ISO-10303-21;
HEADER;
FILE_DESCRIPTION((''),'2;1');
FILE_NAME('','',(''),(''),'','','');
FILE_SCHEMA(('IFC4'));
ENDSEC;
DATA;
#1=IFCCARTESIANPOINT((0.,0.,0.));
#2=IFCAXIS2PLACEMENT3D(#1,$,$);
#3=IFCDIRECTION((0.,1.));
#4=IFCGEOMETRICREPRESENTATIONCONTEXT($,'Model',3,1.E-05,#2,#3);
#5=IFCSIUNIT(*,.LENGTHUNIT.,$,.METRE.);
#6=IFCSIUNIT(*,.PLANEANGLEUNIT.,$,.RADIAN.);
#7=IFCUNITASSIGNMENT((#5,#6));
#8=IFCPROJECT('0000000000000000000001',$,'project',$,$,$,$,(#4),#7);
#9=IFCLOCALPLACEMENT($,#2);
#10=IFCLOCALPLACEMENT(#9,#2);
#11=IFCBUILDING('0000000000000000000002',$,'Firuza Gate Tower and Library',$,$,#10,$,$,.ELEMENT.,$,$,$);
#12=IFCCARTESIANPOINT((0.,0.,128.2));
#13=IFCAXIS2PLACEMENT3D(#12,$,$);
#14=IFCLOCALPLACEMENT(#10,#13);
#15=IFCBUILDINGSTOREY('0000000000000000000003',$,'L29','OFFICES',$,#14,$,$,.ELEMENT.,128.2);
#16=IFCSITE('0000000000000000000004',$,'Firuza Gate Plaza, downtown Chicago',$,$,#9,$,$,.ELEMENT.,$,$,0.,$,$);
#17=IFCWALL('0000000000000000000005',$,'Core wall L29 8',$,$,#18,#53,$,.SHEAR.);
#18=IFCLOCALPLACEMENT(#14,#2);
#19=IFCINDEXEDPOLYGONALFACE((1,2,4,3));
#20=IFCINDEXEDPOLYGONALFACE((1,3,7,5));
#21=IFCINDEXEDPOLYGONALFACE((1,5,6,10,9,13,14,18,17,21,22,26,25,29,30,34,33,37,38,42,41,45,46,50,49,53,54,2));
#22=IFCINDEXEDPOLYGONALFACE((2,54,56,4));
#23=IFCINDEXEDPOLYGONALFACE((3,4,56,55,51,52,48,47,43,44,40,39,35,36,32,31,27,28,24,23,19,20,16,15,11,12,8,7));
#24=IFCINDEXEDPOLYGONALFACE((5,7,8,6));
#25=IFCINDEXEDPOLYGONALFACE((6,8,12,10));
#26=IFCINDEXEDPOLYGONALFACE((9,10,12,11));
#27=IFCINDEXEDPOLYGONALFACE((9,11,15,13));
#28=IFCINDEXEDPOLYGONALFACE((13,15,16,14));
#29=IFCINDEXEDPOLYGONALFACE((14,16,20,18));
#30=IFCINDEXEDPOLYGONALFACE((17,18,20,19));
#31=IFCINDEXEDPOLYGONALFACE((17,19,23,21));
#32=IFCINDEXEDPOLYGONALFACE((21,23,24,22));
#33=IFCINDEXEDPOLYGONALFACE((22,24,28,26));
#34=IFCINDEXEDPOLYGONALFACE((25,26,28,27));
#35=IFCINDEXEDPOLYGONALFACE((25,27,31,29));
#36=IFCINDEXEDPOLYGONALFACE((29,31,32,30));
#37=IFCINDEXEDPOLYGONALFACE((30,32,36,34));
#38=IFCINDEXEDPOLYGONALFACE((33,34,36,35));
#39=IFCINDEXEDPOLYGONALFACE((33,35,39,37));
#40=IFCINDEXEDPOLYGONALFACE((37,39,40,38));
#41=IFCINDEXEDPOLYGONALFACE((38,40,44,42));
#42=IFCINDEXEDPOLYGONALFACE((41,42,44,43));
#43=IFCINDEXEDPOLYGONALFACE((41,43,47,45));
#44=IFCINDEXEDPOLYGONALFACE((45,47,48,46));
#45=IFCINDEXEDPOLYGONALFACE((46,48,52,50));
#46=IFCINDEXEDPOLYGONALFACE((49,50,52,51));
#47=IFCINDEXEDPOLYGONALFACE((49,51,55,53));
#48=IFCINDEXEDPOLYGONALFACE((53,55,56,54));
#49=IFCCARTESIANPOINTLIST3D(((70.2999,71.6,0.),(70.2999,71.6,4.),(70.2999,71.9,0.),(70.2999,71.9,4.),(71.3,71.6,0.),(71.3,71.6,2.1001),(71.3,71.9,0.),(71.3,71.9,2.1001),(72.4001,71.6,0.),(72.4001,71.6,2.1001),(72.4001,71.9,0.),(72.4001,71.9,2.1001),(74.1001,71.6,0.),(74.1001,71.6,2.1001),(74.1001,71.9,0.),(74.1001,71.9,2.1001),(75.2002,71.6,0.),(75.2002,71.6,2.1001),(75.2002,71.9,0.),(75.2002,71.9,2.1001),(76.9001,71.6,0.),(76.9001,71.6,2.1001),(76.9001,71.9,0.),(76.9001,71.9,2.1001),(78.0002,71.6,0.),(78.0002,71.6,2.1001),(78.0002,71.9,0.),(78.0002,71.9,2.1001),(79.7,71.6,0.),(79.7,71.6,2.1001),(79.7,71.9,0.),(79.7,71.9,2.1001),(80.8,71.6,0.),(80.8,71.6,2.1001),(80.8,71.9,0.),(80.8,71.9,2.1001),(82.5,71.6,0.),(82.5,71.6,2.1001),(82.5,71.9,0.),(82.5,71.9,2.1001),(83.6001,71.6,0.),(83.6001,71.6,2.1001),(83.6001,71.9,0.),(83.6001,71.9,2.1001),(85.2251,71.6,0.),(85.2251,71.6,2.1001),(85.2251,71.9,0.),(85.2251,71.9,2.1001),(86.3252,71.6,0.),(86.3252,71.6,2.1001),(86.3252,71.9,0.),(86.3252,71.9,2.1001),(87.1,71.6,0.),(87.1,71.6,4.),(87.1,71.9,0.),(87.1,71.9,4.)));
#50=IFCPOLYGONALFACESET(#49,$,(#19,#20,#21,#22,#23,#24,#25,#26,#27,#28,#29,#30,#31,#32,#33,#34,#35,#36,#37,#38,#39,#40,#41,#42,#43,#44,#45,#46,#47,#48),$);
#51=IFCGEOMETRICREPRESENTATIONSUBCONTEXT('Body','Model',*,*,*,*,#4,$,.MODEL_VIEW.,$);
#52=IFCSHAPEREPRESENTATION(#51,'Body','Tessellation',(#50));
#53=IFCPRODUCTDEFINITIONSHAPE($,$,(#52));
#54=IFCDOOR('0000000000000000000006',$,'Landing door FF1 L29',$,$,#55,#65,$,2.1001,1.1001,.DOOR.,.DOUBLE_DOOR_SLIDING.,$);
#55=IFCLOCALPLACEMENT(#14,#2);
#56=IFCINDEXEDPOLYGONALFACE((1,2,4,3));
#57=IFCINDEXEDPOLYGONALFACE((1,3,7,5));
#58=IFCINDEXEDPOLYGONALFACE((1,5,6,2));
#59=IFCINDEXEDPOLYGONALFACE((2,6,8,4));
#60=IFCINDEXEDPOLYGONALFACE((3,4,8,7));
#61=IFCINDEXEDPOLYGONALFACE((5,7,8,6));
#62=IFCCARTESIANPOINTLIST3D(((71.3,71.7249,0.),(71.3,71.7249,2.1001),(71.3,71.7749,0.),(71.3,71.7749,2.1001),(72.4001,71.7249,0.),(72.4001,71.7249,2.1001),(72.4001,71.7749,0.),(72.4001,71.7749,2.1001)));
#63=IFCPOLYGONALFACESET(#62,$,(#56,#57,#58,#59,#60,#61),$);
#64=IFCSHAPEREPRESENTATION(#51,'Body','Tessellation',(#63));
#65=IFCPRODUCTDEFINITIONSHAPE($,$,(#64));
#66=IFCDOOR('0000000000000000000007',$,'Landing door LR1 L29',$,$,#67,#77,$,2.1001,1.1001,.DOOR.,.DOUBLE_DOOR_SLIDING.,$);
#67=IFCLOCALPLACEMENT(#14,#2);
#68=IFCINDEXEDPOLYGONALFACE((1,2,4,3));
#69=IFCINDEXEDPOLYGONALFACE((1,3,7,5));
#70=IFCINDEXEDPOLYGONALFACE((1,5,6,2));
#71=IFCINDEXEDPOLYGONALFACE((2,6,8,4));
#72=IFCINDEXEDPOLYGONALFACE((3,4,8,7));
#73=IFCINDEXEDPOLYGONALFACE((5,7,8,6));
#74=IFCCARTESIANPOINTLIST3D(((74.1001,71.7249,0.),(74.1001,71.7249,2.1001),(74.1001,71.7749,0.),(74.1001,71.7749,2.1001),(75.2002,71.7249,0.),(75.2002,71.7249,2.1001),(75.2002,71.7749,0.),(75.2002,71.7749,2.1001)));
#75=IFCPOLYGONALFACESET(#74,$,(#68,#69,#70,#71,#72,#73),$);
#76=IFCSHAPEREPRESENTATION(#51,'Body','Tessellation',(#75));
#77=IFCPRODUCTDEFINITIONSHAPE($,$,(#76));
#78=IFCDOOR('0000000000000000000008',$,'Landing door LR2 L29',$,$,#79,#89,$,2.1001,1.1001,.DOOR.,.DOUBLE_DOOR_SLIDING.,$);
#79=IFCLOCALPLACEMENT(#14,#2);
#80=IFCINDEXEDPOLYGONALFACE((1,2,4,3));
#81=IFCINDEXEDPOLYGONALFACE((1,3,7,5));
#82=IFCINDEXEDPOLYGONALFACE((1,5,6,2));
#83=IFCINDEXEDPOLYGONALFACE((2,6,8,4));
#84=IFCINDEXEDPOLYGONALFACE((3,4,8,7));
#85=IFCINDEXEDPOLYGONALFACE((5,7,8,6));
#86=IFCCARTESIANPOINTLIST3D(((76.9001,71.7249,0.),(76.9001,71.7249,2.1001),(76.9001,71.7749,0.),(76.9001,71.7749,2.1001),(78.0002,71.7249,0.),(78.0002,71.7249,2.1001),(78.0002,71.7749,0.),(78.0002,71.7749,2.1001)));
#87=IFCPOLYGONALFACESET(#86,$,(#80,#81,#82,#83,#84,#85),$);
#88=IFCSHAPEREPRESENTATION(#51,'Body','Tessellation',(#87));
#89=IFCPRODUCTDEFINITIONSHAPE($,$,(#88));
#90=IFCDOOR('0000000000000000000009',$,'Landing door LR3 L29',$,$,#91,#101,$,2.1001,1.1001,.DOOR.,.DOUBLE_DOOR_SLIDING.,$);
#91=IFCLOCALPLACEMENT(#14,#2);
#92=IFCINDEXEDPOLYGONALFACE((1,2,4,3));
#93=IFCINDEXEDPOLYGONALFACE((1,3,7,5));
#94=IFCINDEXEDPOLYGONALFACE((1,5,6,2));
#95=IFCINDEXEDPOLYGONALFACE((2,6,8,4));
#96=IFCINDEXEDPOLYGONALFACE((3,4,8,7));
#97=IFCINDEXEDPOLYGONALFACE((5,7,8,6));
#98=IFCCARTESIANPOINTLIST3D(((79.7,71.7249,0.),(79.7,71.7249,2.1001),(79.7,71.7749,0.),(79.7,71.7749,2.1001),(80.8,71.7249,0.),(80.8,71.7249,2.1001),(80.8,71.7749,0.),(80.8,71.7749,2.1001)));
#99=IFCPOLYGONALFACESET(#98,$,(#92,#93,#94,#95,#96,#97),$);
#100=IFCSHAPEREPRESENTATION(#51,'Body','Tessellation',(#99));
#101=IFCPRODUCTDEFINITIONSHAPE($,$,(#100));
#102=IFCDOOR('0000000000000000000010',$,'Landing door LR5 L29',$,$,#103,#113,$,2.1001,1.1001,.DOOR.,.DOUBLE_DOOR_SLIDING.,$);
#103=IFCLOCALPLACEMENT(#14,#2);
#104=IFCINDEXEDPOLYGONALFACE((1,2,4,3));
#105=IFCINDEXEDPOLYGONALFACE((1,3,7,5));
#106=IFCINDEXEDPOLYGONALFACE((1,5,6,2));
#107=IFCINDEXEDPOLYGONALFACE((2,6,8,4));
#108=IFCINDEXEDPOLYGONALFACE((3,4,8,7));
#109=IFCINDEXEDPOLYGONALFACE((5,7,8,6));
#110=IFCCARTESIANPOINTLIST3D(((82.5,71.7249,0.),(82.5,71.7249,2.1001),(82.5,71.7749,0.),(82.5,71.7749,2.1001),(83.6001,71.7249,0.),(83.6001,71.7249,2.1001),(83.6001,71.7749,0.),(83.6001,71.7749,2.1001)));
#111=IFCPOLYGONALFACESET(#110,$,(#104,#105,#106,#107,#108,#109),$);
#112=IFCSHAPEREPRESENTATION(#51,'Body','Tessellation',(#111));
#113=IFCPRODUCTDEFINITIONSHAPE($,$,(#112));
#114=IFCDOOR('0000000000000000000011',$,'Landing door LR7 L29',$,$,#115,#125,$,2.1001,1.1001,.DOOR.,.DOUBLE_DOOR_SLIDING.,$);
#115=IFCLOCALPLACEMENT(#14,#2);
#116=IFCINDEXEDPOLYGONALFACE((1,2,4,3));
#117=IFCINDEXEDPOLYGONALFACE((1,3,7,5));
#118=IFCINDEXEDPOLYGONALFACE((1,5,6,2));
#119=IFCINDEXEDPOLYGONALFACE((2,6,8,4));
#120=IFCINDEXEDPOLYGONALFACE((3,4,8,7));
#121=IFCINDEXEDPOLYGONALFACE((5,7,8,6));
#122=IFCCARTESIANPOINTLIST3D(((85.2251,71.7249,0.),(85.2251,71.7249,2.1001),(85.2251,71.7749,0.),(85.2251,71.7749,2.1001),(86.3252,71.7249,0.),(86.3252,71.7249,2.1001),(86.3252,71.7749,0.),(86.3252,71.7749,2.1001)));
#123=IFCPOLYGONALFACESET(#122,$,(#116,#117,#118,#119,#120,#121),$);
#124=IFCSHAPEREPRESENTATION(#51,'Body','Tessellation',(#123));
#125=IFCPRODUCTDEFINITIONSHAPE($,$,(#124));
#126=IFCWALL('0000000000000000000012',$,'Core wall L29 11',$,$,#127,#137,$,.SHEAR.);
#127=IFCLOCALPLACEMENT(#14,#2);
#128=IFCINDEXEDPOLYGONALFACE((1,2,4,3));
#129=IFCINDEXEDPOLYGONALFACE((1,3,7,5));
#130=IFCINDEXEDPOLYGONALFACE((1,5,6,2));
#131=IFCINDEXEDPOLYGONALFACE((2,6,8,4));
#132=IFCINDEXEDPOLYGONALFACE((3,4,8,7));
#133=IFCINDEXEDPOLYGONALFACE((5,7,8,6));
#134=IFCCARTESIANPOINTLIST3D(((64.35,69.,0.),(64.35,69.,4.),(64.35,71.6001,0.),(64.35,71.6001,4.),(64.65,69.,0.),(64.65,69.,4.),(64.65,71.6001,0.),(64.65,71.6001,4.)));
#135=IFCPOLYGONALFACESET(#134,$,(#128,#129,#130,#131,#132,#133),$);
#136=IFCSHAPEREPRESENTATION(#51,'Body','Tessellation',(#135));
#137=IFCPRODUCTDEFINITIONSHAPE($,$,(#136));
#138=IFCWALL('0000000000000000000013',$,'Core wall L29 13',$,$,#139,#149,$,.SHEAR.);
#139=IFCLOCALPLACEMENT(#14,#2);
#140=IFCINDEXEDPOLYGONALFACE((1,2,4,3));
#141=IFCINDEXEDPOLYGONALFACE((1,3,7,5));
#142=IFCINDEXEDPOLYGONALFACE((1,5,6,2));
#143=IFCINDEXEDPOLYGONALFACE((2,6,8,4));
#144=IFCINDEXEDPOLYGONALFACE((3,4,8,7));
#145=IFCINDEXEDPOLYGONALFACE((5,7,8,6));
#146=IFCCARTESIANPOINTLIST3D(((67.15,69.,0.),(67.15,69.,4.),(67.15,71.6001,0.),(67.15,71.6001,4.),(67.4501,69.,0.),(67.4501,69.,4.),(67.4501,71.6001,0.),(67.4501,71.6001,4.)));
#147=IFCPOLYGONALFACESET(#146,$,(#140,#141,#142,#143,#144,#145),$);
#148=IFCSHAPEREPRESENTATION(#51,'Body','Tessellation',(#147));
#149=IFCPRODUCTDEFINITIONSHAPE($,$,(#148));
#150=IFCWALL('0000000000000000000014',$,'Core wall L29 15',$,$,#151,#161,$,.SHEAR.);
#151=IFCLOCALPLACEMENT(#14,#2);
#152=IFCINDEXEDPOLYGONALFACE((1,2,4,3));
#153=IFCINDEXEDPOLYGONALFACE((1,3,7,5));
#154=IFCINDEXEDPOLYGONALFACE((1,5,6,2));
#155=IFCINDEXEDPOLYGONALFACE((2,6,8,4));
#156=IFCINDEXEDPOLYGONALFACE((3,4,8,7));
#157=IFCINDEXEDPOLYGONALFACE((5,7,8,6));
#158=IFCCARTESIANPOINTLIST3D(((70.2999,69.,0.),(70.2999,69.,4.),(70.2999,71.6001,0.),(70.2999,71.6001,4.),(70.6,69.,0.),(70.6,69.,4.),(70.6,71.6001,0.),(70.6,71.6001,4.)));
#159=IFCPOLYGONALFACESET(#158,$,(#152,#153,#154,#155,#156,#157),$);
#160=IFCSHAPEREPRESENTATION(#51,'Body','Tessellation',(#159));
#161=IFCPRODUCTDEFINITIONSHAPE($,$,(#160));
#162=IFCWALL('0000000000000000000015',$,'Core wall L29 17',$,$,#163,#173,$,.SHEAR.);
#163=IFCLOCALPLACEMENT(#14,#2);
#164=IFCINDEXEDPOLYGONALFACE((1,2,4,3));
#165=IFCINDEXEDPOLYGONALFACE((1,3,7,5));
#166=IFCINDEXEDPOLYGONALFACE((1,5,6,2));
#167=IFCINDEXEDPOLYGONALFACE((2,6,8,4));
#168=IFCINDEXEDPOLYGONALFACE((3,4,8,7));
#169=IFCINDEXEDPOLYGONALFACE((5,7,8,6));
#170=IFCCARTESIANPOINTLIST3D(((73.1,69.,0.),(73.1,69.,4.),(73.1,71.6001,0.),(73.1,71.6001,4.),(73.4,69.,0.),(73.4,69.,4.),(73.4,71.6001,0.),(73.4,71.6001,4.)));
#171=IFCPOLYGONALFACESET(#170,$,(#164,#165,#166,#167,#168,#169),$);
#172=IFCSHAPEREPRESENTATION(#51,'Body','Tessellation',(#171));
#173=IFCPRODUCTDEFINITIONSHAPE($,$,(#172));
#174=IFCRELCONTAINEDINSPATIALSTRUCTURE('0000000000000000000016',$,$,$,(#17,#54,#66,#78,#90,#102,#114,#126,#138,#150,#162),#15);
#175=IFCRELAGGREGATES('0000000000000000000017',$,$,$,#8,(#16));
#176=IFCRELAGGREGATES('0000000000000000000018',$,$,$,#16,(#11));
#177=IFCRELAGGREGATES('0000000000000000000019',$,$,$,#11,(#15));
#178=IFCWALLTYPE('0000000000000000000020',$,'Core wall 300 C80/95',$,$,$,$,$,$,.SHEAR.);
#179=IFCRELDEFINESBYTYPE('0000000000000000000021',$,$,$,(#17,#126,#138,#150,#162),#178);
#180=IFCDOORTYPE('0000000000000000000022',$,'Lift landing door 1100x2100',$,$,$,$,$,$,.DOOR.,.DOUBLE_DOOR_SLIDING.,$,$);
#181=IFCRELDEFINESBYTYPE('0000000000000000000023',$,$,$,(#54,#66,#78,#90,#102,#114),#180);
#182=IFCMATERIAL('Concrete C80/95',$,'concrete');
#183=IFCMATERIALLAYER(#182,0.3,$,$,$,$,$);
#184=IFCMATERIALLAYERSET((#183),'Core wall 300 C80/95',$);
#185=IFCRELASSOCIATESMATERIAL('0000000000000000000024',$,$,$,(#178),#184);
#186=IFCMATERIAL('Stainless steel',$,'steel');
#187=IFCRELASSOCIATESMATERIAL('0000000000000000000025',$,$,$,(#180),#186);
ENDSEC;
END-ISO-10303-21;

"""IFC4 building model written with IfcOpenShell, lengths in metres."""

from ifc_helpers import new_model, si_unit, direction, frame, frame_2d, origin, place, context, subcontext, project, spatial, rectangle, extrude, material, layer, layer_set, type_object, element, fill, save


model = new_model("IFC4")

# Units and contexts
model_context = context("Model", 3, precision=1e-05, world=origin(), true_north=direction((0.0, 1.0)))
body_context = subcontext(model_context, "Body", "Model", "MODEL_VIEW")
ifc_project = project(units=[si_unit("LENGTHUNIT", "METRE"), si_unit("PLANEANGLEUNIT", "RADIAN")], contexts=[model_context])

# Site, building, storey
site_placement = place(None, origin())
site = spatial("IfcSite", under=ifc_project, at=site_placement, Name="Firuza Gate Plaza, downtown Chicago", CompositionType="ELEMENT", RefElevation=0.0)
building_placement = place(site_placement, origin())
building = spatial("IfcBuilding", under=site, at=building_placement, Name="Firuza Gate Tower and Library", CompositionType="ELEMENT")
storey_placement = place(building_placement, frame((0.0, 0.0, 128.2)))
storey = spatial("IfcBuildingStorey", under=building, at=storey_placement, Name="L29", Description="OFFICES", CompositionType="ELEMENT", Elevation=128.2)

# Shared definitions
ifc_material_1 = material(Name="Concrete C80/95", Category="concrete")
ifc_layer_1 = layer(ifc_material_1, 0.3)
ifc_layer_set_1 = layer_set([ifc_layer_1], Name="Core wall 300 C80/95")
wall_type_1 = type_object("IfcWallType", Name="Core wall 300 C80/95", PredefinedType="SHEAR", material=ifc_layer_set_1)

# Wall, openings, doors
wall_1_placement = place(storey_placement, frame((70.3, 71.75, 0.0), z_axis=(0.0, 0.0, 1.0), x_axis=(1.0, 0.0, 0.0)))
wall_1 = element("IfcWall", 1, at=wall_1_placement, inside=storey, type_object=wall_type_1, Name="Core wall L29 8", PredefinedType="SHEAR", context=body_context, shape_type="SweptSolid", body=[
    extrude(rectangle(XDim=16.8, YDim=0.3, at=frame_2d((8.3999, 0.0))), origin(), (0.0, 0.0, 1.0), 4.0),
])
opening_1_placement = place(wall_1_placement, frame((1.0, 0.0, 0.0)))
opening_1 = element("IfcOpeningElement", 2, at=opening_1_placement, cuts=wall_1, PredefinedType="OPENING", context=body_context, shape_type="SweptSolid", body=[
    extrude(rectangle(XDim=1.1001, YDim=2.1001, at=frame_2d((0.55, 1.05))), frame((0.0, 0.1602, 0.0), z_axis=(0.0, -1.0, 0.0), x_axis=(1.0, 0.0, 0.0)), (0.0, 0.0, 1.0), 0.3201),
])
opening_2_placement = place(wall_1_placement, frame((3.8, 0.0, 0.0)))
opening_2 = element("IfcOpeningElement", 3, at=opening_2_placement, cuts=wall_1, PredefinedType="OPENING", context=body_context, shape_type="SweptSolid", body=[
    extrude(rectangle(XDim=1.1001, YDim=2.1001, at=frame_2d((0.55, 1.05))), frame((0.0, 0.1602, 0.0), z_axis=(0.0, -1.0, 0.0), x_axis=(1.0, 0.0, 0.0)), (0.0, 0.0, 1.0), 0.3201),
])
opening_3_placement = place(wall_1_placement, frame((6.6001, 0.0, 0.0)))
opening_3 = element("IfcOpeningElement", 4, at=opening_3_placement, cuts=wall_1, PredefinedType="OPENING", context=body_context, shape_type="SweptSolid", body=[
    extrude(rectangle(XDim=1.1001, YDim=2.1001, at=frame_2d((0.55, 1.05))), frame((0.0, 0.1602, 0.0), z_axis=(0.0, -1.0, 0.0), x_axis=(1.0, 0.0, 0.0)), (0.0, 0.0, 1.0), 0.3201),
])
opening_4_placement = place(wall_1_placement, frame((9.3999, 0.0, 0.0)))
opening_4 = element("IfcOpeningElement", 5, at=opening_4_placement, cuts=wall_1, PredefinedType="OPENING", context=body_context, shape_type="SweptSolid", body=[
    extrude(rectangle(XDim=1.1001, YDim=2.1001, at=frame_2d((0.55, 1.05))), frame((0.0, 0.1602, 0.0), z_axis=(0.0, -1.0, 0.0), x_axis=(1.0, 0.0, 0.0)), (0.0, 0.0, 1.0), 0.3201),
])
opening_5_placement = place(wall_1_placement, frame((12.2, 0.0, 0.0)))
opening_5 = element("IfcOpeningElement", 6, at=opening_5_placement, cuts=wall_1, PredefinedType="OPENING", context=body_context, shape_type="SweptSolid", body=[
    extrude(rectangle(XDim=1.1001, YDim=2.1001, at=frame_2d((0.55, 1.05))), frame((0.0, 0.1602, 0.0), z_axis=(0.0, -1.0, 0.0), x_axis=(1.0, 0.0, 0.0)), (0.0, 0.0, 1.0), 0.3201),
])
opening_6_placement = place(wall_1_placement, frame((14.925, 0.0, 0.0)))
opening_6 = element("IfcOpeningElement", 7, at=opening_6_placement, cuts=wall_1, PredefinedType="OPENING", context=body_context, shape_type="SweptSolid", body=[
    extrude(rectangle(XDim=1.1001, YDim=2.1001, at=frame_2d((0.55, 1.05))), frame((0.0, 0.1602, 0.0), z_axis=(0.0, -1.0, 0.0), x_axis=(1.0, 0.0, 0.0)), (0.0, 0.0, 1.0), 0.3201),
])
ifc_material_2 = material(Name="Stainless steel", Category="steel")
door_type_1 = type_object("IfcDoorType", Name="Lift landing door 1100x2100", OperationType="DOUBLE_DOOR_SLIDING", PredefinedType="DOOR", material=ifc_material_2)
door_1_placement = place(opening_1_placement, origin())
door_1 = element("IfcDoor", 8, at=door_1_placement, inside=storey, type_object=door_type_1, Name="Landing door FF1 L29", OperationType="DOUBLE_DOOR_SLIDING", OverallHeight=2.1001, OverallWidth=1.1001, PredefinedType="DOOR", context=body_context, shape_type="SweptSolid", body=[
    extrude(rectangle(XDim=1.1001, YDim=2.1001, at=frame_2d((0.55, 1.05))), frame((0.0, 0.0249, 0.0), z_axis=(0.0, -1.0, 0.0), x_axis=(1.0, 0.0, 0.0)), (0.0, 0.0, 1.0), 0.05),
])
fill(opening_1, door_1)
door_2_placement = place(opening_2_placement, origin())
door_2 = element("IfcDoor", 9, at=door_2_placement, inside=storey, type_object=door_type_1, Name="Landing door LR1 L29", OperationType="DOUBLE_DOOR_SLIDING", OverallHeight=2.1001, OverallWidth=1.1001, PredefinedType="DOOR", context=body_context, shape_type="SweptSolid", body=[
    extrude(rectangle(XDim=1.1001, YDim=2.1001, at=frame_2d((0.55, 1.05))), frame((0.0, 0.0249, 0.0), z_axis=(0.0, -1.0, 0.0), x_axis=(1.0, 0.0, 0.0)), (0.0, 0.0, 1.0), 0.05),
])
fill(opening_2, door_2)
door_3_placement = place(opening_3_placement, origin())
door_3 = element("IfcDoor", 10, at=door_3_placement, inside=storey, type_object=door_type_1, Name="Landing door LR2 L29", OperationType="DOUBLE_DOOR_SLIDING", OverallHeight=2.1001, OverallWidth=1.1001, PredefinedType="DOOR", context=body_context, shape_type="SweptSolid", body=[
    extrude(rectangle(XDim=1.1001, YDim=2.1001, at=frame_2d((0.55, 1.05))), frame((0.0, 0.0249, 0.0), z_axis=(0.0, -1.0, 0.0), x_axis=(1.0, 0.0, 0.0)), (0.0, 0.0, 1.0), 0.05),
])
fill(opening_3, door_3)
door_4_placement = place(opening_4_placement, origin())
door_4 = element("IfcDoor", 11, at=door_4_placement, inside=storey, type_object=door_type_1, Name="Landing door LR3 L29", OperationType="DOUBLE_DOOR_SLIDING", OverallHeight=2.1001, OverallWidth=1.1001, PredefinedType="DOOR", context=body_context, shape_type="SweptSolid", body=[
    extrude(rectangle(XDim=1.1001, YDim=2.1001, at=frame_2d((0.55, 1.05))), frame((0.0, 0.0249, 0.0), z_axis=(0.0, -1.0, 0.0), x_axis=(1.0, 0.0, 0.0)), (0.0, 0.0, 1.0), 0.05),
])
fill(opening_4, door_4)
door_5_placement = place(opening_5_placement, origin())
door_5 = element("IfcDoor", 12, at=door_5_placement, inside=storey, type_object=door_type_1, Name="Landing door LR5 L29", OperationType="DOUBLE_DOOR_SLIDING", OverallHeight=2.1001, OverallWidth=1.1001, PredefinedType="DOOR", context=body_context, shape_type="SweptSolid", body=[
    extrude(rectangle(XDim=1.1001, YDim=2.1001, at=frame_2d((0.55, 1.05))), frame((0.0, 0.0249, 0.0), z_axis=(0.0, -1.0, 0.0), x_axis=(1.0, 0.0, 0.0)), (0.0, 0.0, 1.0), 0.05),
])
fill(opening_5, door_5)
door_6_placement = place(opening_6_placement, origin())
door_6 = element("IfcDoor", 13, at=door_6_placement, inside=storey, type_object=door_type_1, Name="Landing door LR7 L29", OperationType="DOUBLE_DOOR_SLIDING", OverallHeight=2.1001, OverallWidth=1.1001, PredefinedType="DOOR", context=body_context, shape_type="SweptSolid", body=[
    extrude(rectangle(XDim=1.1001, YDim=2.1001, at=frame_2d((0.55, 1.05))), frame((0.0, 0.0249, 0.0), z_axis=(0.0, -1.0, 0.0), x_axis=(1.0, 0.0, 0.0)), (0.0, 0.0, 1.0), 0.05),
])
fill(opening_6, door_6)

# Walls
for number, where, z_axis, x_axis, name in (
    (14, (64.5, 69.0, 0.0), (0.0, 0.0, 1.0), (0.0, 1.0, 0.0), "Core wall L29 11"),
    (15, (67.3, 69.0, 0.0), (0.0, 0.0, 1.0), (0.0, 1.0, 0.0), "Core wall L29 13"),
    (16, (70.45, 69.0, 0.0), (0.0, 0.0, 1.0), (0.0, 1.0, 0.0), "Core wall L29 15"),
    (17, (73.25, 69.0, 0.0), (0.0, 0.0, 1.0), (0.0, 1.0, 0.0), "Core wall L29 17"),
):
    element("IfcWall", number, at=place(storey_placement, frame(where, z_axis=z_axis, x_axis=x_axis)), inside=storey, type_object=wall_type_1, Name=name, PredefinedType="SHEAR", context=body_context, shape_type="SweptSolid", body=[
        extrude(rectangle(XDim=2.6001, YDim=0.3, at=frame_2d((1.3, 0.0))), origin(), (0.0, 0.0, 1.0), 4.0),
    ])

save(model, "model.ifc")
